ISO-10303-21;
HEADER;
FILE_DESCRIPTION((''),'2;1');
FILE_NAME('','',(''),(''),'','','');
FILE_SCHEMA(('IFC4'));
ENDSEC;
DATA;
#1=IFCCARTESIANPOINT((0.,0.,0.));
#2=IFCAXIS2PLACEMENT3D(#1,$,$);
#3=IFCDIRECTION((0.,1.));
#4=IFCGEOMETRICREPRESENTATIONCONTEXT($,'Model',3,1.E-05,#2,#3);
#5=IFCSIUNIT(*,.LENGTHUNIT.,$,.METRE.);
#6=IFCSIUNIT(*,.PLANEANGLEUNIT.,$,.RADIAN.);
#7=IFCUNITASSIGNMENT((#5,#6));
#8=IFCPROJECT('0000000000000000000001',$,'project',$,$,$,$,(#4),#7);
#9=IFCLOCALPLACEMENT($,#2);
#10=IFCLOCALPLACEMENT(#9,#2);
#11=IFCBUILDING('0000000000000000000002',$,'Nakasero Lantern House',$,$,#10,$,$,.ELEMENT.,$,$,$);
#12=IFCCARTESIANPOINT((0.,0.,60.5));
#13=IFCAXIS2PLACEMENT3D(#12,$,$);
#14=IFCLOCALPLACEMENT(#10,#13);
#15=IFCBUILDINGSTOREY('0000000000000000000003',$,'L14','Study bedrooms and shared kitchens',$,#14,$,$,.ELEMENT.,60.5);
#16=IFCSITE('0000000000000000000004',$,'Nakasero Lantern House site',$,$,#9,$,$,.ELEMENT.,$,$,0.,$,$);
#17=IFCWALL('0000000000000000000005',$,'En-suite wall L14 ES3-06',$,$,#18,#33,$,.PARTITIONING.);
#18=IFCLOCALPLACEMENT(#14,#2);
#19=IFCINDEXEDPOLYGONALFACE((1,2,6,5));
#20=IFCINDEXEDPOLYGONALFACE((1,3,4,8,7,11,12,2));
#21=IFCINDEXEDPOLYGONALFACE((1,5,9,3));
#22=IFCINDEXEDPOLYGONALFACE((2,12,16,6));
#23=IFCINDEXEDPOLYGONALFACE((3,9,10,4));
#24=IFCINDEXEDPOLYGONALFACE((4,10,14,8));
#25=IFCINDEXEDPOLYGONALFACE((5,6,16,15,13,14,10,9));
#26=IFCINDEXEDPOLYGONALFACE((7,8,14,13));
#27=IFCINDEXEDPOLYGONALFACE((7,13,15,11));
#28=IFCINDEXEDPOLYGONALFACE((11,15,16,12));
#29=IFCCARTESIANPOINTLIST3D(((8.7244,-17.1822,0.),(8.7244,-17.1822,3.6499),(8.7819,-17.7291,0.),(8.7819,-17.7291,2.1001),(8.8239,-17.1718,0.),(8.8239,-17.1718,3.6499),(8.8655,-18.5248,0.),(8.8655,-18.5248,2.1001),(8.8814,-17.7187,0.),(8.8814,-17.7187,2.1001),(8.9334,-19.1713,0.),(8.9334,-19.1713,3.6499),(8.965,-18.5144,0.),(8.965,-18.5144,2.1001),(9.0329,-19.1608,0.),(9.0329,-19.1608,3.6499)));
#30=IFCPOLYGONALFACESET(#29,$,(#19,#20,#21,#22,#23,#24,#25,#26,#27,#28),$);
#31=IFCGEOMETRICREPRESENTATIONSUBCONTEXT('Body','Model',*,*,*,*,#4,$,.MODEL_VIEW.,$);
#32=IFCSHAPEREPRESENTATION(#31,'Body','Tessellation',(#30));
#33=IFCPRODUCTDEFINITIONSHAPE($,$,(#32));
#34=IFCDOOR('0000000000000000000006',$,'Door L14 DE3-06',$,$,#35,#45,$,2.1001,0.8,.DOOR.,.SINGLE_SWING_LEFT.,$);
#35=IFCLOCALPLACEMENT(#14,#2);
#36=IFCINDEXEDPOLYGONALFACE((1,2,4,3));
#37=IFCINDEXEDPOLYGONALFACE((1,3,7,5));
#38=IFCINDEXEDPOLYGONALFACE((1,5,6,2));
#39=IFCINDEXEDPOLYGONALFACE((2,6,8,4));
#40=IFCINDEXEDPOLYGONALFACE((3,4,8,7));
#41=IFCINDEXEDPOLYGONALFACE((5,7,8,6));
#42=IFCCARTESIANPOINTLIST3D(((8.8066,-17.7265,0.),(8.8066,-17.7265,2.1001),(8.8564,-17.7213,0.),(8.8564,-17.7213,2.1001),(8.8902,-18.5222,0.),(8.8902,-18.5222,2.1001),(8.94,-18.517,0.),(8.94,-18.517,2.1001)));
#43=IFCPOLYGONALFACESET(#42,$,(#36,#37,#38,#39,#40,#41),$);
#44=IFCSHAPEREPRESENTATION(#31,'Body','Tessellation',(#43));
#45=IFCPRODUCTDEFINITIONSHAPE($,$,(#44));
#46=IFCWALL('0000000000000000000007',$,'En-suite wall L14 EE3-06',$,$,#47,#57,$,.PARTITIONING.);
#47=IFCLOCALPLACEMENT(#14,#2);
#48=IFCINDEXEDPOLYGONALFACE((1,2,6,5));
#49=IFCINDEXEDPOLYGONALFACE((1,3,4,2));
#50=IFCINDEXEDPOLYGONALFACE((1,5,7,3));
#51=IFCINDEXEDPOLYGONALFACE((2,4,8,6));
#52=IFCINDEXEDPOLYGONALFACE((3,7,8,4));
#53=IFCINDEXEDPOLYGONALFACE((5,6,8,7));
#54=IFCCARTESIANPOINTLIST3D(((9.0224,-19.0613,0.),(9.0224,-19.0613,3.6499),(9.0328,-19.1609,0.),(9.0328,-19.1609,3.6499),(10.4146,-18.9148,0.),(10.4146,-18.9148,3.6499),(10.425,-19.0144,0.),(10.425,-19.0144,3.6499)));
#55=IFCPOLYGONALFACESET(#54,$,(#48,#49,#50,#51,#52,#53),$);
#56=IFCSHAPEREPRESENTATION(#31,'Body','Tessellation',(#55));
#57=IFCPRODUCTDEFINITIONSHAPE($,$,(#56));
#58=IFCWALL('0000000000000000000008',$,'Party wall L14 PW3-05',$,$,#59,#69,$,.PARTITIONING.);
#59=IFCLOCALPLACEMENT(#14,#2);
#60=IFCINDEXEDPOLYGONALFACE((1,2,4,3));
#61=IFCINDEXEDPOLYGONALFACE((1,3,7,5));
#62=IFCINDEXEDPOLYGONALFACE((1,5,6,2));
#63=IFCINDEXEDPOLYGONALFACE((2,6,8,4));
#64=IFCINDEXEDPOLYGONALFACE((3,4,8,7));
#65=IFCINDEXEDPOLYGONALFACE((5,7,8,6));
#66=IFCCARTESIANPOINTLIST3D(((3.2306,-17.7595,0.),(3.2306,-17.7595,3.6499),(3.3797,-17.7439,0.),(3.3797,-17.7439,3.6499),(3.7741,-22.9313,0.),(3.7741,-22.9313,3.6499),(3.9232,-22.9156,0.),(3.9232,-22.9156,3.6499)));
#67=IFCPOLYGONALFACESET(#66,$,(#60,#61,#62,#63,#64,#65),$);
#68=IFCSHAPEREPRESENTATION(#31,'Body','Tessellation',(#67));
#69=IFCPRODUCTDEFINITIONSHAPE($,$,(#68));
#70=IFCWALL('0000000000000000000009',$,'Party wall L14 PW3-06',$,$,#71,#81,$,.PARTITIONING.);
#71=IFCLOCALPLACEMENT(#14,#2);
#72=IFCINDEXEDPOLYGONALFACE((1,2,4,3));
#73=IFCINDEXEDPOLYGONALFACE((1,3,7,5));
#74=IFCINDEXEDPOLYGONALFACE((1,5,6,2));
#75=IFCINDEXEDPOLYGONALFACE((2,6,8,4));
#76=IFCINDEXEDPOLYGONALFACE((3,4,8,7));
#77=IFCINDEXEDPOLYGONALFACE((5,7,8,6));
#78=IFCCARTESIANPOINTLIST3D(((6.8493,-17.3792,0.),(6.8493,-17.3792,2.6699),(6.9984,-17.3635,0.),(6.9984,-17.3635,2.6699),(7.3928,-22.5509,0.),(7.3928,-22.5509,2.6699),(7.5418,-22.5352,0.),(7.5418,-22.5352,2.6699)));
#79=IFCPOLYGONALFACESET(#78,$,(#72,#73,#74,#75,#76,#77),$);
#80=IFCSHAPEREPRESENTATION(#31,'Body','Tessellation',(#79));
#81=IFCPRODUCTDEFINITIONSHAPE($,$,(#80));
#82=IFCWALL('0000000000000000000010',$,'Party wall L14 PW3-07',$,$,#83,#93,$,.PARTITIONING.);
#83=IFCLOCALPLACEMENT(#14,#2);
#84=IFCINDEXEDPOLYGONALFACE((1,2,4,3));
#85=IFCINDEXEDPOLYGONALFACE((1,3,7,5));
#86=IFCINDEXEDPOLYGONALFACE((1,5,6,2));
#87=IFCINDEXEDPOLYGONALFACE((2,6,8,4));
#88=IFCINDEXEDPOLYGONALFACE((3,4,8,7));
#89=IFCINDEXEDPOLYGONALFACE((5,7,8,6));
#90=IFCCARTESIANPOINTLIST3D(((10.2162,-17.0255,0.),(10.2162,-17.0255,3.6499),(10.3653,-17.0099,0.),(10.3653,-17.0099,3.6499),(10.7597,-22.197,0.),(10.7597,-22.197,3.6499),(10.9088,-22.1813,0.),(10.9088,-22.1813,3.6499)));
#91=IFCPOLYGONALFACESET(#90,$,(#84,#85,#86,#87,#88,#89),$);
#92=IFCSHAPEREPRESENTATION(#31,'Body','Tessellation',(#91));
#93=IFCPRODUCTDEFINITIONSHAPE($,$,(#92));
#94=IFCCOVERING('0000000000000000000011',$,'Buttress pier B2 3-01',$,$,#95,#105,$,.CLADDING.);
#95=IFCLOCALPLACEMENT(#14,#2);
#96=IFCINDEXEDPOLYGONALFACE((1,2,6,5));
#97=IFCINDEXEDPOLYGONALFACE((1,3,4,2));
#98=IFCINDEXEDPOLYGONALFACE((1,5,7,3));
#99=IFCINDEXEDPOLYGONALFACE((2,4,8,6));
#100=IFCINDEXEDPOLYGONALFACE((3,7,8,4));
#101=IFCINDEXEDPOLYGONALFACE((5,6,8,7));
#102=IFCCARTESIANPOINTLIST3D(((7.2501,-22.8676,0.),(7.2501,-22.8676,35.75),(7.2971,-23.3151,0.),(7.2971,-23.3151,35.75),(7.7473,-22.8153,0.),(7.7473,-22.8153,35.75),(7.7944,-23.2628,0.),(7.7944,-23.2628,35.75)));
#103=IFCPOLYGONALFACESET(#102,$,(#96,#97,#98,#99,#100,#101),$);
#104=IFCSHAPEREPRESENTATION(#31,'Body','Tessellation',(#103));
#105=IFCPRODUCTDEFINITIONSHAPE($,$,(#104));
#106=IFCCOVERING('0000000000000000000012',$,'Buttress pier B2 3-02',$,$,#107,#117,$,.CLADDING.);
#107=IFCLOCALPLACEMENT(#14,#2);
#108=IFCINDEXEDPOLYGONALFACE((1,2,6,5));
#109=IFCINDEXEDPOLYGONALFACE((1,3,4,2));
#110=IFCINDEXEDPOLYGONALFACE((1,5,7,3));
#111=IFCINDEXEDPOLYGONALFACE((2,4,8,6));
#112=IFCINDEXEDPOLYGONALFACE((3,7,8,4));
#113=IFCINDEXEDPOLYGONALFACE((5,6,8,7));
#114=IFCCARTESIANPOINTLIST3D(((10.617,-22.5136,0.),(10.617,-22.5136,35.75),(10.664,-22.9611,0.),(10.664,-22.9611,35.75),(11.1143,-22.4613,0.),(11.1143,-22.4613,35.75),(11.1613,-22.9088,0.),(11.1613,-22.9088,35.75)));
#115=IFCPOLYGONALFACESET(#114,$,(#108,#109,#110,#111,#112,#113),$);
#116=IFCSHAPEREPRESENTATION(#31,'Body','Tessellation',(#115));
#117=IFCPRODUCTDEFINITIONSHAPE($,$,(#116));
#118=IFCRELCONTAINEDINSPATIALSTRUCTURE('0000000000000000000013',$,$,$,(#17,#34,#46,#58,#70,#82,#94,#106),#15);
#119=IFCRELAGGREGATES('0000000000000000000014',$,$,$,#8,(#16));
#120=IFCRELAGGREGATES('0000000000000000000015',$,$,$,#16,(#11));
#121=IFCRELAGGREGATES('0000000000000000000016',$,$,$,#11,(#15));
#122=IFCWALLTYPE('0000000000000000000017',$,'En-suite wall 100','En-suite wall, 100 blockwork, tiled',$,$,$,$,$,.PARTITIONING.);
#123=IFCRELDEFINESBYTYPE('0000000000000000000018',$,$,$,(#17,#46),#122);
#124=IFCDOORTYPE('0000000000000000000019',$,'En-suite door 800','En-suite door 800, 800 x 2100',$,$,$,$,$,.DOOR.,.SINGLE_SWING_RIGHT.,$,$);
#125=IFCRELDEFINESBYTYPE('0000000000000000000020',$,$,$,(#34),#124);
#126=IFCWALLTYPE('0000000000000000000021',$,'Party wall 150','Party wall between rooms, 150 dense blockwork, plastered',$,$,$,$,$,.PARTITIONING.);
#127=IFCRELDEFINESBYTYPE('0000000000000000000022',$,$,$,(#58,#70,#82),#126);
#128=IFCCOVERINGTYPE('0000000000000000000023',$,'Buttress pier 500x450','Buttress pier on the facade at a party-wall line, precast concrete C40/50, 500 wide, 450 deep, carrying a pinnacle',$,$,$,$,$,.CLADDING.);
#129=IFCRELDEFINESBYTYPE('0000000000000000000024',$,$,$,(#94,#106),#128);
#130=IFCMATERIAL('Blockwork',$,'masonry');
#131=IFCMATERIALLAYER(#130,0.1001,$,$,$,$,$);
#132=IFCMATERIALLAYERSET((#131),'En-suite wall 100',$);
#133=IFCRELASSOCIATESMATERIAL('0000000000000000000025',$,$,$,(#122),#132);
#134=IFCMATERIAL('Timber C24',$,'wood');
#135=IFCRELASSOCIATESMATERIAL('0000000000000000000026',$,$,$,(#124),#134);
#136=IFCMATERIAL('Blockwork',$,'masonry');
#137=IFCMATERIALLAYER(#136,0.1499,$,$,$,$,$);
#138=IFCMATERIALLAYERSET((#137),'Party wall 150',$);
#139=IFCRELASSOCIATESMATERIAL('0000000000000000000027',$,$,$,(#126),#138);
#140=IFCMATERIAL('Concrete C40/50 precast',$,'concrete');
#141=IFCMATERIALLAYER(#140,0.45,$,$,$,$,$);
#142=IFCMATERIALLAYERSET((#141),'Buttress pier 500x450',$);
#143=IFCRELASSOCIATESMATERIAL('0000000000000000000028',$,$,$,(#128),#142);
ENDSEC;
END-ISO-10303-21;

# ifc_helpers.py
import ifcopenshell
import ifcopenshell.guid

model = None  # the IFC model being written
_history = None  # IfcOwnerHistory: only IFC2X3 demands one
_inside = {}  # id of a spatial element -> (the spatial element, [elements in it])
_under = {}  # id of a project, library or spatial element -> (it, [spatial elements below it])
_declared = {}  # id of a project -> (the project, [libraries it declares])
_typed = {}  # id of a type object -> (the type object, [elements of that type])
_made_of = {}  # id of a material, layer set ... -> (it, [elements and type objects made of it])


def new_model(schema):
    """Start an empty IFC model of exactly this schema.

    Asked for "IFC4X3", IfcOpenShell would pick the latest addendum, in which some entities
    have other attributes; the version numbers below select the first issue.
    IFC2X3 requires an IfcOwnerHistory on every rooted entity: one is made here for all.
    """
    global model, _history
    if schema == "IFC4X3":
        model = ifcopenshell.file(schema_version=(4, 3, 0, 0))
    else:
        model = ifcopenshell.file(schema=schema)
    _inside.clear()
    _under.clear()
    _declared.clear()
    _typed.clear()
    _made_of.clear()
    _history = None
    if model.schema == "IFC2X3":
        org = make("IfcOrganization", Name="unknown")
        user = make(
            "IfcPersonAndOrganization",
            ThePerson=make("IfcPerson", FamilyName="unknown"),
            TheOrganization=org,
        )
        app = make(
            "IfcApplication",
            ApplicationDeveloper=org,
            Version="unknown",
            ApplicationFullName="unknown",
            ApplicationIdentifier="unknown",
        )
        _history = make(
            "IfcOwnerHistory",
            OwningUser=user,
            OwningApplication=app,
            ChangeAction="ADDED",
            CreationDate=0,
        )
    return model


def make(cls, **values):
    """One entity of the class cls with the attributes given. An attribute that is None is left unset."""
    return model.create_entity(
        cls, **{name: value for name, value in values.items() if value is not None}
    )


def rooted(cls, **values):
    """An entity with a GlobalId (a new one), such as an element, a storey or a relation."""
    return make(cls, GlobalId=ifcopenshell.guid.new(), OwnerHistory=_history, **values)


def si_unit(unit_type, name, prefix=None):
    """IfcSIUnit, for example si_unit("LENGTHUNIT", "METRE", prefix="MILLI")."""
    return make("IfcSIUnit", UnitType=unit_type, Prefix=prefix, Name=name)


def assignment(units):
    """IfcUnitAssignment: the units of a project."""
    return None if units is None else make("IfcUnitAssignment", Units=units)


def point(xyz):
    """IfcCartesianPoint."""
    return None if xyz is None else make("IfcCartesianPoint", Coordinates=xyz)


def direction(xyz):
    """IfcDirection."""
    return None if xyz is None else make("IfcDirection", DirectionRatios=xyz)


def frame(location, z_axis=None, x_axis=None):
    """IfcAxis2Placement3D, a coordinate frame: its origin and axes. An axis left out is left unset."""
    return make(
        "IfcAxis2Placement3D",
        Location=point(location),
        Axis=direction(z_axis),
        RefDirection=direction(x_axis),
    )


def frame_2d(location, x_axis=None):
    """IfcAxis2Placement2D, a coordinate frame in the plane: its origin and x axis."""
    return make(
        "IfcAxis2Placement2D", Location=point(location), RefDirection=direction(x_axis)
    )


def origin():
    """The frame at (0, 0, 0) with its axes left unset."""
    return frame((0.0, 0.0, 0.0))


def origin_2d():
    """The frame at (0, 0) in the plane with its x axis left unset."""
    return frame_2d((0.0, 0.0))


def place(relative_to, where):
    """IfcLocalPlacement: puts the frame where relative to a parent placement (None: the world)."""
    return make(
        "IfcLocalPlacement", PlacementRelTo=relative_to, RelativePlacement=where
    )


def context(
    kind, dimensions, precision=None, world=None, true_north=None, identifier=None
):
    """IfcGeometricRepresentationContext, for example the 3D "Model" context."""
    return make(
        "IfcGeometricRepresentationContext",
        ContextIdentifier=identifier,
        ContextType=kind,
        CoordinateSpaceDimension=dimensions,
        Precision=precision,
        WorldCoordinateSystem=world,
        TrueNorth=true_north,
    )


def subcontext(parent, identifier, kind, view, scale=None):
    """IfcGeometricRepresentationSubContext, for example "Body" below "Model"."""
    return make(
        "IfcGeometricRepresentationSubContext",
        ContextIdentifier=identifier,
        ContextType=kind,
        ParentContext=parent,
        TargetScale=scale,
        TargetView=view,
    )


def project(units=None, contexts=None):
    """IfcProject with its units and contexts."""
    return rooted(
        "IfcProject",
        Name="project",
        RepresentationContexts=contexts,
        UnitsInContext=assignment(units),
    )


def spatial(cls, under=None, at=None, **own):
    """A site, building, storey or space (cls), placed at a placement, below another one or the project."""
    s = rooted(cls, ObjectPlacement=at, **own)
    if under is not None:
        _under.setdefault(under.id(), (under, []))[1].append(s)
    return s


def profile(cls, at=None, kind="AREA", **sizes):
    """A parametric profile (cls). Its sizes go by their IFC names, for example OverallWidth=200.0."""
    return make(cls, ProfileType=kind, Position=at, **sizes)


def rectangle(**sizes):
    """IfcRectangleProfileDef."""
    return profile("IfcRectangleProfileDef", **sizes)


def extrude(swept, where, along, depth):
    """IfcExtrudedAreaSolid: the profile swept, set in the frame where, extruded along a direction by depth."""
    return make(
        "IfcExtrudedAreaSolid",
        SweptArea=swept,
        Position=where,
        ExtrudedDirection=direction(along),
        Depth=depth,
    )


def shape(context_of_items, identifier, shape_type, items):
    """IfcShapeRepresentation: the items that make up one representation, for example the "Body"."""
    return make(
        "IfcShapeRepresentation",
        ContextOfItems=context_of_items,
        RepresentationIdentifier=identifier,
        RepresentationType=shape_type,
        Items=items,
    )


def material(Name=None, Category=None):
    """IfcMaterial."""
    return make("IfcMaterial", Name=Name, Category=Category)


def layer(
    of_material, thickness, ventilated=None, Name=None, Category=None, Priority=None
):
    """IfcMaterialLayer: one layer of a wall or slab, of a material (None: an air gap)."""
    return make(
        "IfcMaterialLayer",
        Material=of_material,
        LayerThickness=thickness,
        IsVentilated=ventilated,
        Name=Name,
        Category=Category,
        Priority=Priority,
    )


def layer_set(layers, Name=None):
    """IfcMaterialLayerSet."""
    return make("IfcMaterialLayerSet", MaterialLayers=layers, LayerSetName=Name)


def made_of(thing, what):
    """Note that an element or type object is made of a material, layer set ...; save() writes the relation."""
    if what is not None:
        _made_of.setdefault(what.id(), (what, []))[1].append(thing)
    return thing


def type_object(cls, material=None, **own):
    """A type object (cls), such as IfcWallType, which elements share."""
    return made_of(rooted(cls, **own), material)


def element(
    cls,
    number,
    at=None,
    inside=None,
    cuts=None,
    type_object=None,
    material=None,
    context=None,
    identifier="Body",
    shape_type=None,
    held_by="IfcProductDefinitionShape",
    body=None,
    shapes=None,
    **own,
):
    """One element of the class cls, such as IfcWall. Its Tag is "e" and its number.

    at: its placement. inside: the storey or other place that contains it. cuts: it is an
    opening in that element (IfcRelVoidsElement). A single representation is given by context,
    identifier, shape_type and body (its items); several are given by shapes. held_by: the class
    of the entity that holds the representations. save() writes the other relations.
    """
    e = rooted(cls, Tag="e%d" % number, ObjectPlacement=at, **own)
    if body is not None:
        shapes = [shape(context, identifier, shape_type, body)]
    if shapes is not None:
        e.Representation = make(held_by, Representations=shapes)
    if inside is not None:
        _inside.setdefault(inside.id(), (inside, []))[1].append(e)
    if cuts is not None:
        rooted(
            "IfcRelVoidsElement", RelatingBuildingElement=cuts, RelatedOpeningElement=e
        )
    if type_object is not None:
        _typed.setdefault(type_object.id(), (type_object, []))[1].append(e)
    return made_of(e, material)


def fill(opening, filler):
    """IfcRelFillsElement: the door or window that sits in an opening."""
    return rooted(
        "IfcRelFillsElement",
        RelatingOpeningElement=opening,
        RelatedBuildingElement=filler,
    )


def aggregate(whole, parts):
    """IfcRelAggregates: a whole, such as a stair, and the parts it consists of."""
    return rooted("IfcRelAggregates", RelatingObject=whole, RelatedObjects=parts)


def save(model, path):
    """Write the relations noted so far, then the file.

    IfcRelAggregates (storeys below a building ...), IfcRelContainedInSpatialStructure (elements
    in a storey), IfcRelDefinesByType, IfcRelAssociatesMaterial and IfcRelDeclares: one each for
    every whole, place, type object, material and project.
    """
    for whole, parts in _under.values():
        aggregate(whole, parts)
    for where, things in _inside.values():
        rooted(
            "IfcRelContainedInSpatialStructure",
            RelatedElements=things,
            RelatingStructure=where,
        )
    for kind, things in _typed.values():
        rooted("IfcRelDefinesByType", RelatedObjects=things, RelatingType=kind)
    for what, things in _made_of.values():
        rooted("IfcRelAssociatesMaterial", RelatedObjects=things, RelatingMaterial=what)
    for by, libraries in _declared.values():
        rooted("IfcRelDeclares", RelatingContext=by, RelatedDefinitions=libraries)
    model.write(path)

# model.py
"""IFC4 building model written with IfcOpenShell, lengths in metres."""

from ifc_helpers import new_model, si_unit, direction, frame, frame_2d, origin, origin_2d, place, context, subcontext, project, spatial, rectangle, extrude, material, layer, layer_set, type_object, element, fill, save


model = new_model("IFC4")

# Units and contexts
model_context = context("Model", 3, precision=1e-05, world=origin(), true_north=direction((0.0, 1.0)))
body_context = subcontext(model_context, "Body", "Model", "MODEL_VIEW")
ifc_project = project(units=[si_unit("LENGTHUNIT", "METRE"), si_unit("PLANEANGLEUNIT", "RADIAN")], contexts=[model_context])

# Site, building, storey
site_placement = place(None, origin())
site = spatial("IfcSite", under=ifc_project, at=site_placement, Name="Nakasero Lantern House site", CompositionType="ELEMENT", RefElevation=0.0)
building_placement = place(site_placement, origin())
building = spatial("IfcBuilding", under=site, at=building_placement, Name="Nakasero Lantern House", CompositionType="ELEMENT")
storey_placement = place(building_placement, frame((0.0, 0.0, 60.5)))
storey = spatial("IfcBuildingStorey", under=building, at=storey_placement, Name="L14", Description="Study bedrooms and shared kitchens", CompositionType="ELEMENT", Elevation=60.5)

# Shared definitions
ifc_material_1 = material(Name="Blockwork", Category="masonry")
ifc_layer_1 = layer(ifc_material_1, 0.1001)
ifc_layer_set_1 = layer_set([ifc_layer_1], Name="En-suite wall 100")
wall_type_1 = type_object("IfcWallType", Name="En-suite wall 100", Description="En-suite wall, 100 blockwork, tiled", PredefinedType="PARTITIONING", material=ifc_layer_set_1)
ifc_material_2 = material(Name="Timber C24", Category="wood")
door_type = type_object("IfcDoorType", Name="En-suite door 800", Description="En-suite door 800, 800 x 2100", OperationType="SINGLE_SWING_RIGHT", PredefinedType="DOOR", material=ifc_material_2)

# Wall, opening, door
wall_1_placement = place(storey_placement, frame((8.7742, -17.177, 0.0), z_axis=(0.0, 0.0, 1.0), x_axis=(0.104494, -0.994526, 0.0)))
wall_1 = element("IfcWall", 1, at=wall_1_placement, inside=storey, type_object=wall_type_1, Name="En-suite wall L14 ES3-06", PredefinedType="PARTITIONING", context=body_context, shape_type="SweptSolid", body=[
    extrude(rectangle(XDim=2.0, YDim=0.1001, at=frame_2d((1.0, 0.0))), origin(), (0.0, 0.0, 1.0), 3.6499),
])
opening_1_placement = place(wall_1_placement, frame((0.55, 0.0, 0.0)))
opening_1 = element("IfcOpeningElement", 2, at=opening_1_placement, cuts=wall_1, PredefinedType="OPENING", context=body_context, shape_type="SweptSolid", body=[
    extrude(rectangle(XDim=0.8, YDim=2.1001, at=frame_2d((0.3999, 1.05))), frame((0.0, 0.0701, 0.0), z_axis=(0.0, -1.0, 0.0), x_axis=(1.0, 0.0, 0.0)), (0.0, 0.0, 1.0), 0.1401),
])
door_1_placement = place(opening_1_placement, origin())
door_1 = element("IfcDoor", 3, at=door_1_placement, inside=storey, type_object=door_type, Name="Door L14 DE3-06", OperationType="SINGLE_SWING_LEFT", OverallHeight=2.1001, OverallWidth=0.8, PredefinedType="DOOR", context=body_context, shape_type="SweptSolid", body=[
    extrude(rectangle(XDim=0.8, YDim=2.1001, at=frame_2d((0.3999, 1.05))), frame((0.0, 0.0249, 0.0), z_axis=(0.0, -1.0, 0.0), x_axis=(1.0, 0.0, 0.0)), (0.0, 0.0, 1.0), 0.05),
])
fill(opening_1, door_1)

# Walls
wall_2_placement = place(storey_placement, frame((9.0276, -19.1111, 0.0), z_axis=(0.0, 0.0, 1.0), x_axis=(0.994511, 0.10463, 0.0)))
element("IfcWall", 4, at=wall_2_placement, inside=storey, type_object=wall_type_1, Name="En-suite wall L14 EE3-06", PredefinedType="PARTITIONING", context=body_context, shape_type="SweptSolid", body=[
    extrude(rectangle(XDim=1.3999, YDim=0.1001, at=frame_2d((0.7, 0.0))), origin(), (0.0, 0.0, 1.0), 3.6499),
])
ifc_material_3 = material(Name="Blockwork", Category="masonry")
ifc_layer_2 = layer(ifc_material_3, 0.1499)
ifc_layer_set_2 = layer_set([ifc_layer_2], Name="Party wall 150")
wall_type_2 = type_object("IfcWallType", Name="Party wall 150", Description="Party wall between rooms, 150 dense blockwork, plastered", PredefinedType="PARTITIONING", material=ifc_layer_set_2)
wall_3_placement = place(storey_placement, frame((3.3052, -17.7517, 0.0), z_axis=(0.0, 0.0, 1.0), x_axis=(0.104509, -0.994524, 0.0)))
element("IfcWall", 5, at=wall_3_placement, inside=storey, type_object=wall_type_2, Name="Party wall L14 PW3-05", PredefinedType="PARTITIONING", context=body_context, shape_type="SweptSolid", body=[
    extrude(rectangle(XDim=5.2002, YDim=0.1499, at=frame_2d((2.6001, 0.0))), origin(), (0.0, 0.0, 1.0), 3.6499),
])
wall_4_placement = place(storey_placement, frame((6.9238, -17.3713, 0.0), z_axis=(0.0, 0.0, 1.0), x_axis=(0.104509, -0.994524, 0.0)))
element("IfcWall", 6, at=wall_4_placement, inside=storey, type_object=wall_type_2, Name="Party wall L14 PW3-06", PredefinedType="PARTITIONING", context=body_context, shape_type="SweptSolid", body=[
    extrude(rectangle(XDim=5.2002, YDim=0.1499, at=frame_2d((2.6001, 0.0))), origin(), (0.0, 0.0, 1.0), 2.6699),
])
wall_5_placement = place(storey_placement, frame((10.2908, -17.0176, 0.0), z_axis=(0.0, 0.0, 1.0), x_axis=(0.104514, -0.994523, 0.0)))
element("IfcWall", 7, at=wall_5_placement, inside=storey, type_object=wall_type_2, Name="Party wall L14 PW3-07", PredefinedType="PARTITIONING", context=body_context, shape_type="SweptSolid", body=[
    extrude(rectangle(XDim=5.2, YDim=0.1499, at=frame_2d((2.6001, 0.0))), origin(), (0.0, 0.0, 1.0), 3.6499),
])

# Coverings
ifc_material_4 = material(Name="Concrete C40/50 precast", Category="concrete")
ifc_layer_3 = layer(ifc_material_4, 0.45)
ifc_layer_set_3 = layer_set([ifc_layer_3], Name="Buttress pier 500x450")
covering_type = type_object("IfcCoveringType", Name="Buttress pier 500x450", Description="Buttress pier on the facade at a party-wall line, precast concrete C40/50, 500 wide, 450 deep, carrying a pinnacle", PredefinedType="CLADDING", material=ifc_layer_set_3)
for number, where, z_axis, x_axis, name in (
    (8, (7.5222, -23.0652, 0.0), (0.0, 0.0, 1.0), (0.104528, -0.994522, 0.0), "Buttress pier B2 3-01"),
    (9, (10.8892, -22.7112, 0.0), (0.0, 0.0, 1.0), (0.104528, -0.994522, 0.0), "Buttress pier B2 3-02"),
):
    element("IfcCovering", number, at=place(storey_placement, frame(where, z_axis=z_axis, x_axis=x_axis)), inside=storey, type_object=covering_type, Name=name, PredefinedType="CLADDING", context=body_context, shape_type="SweptSolid", body=[
        extrude(rectangle(XDim=0.45, YDim=0.5, at=origin_2d()), origin(), (0.0, 0.0, 1.0), 35.75),
    ])

save(model, "model.ifc")
